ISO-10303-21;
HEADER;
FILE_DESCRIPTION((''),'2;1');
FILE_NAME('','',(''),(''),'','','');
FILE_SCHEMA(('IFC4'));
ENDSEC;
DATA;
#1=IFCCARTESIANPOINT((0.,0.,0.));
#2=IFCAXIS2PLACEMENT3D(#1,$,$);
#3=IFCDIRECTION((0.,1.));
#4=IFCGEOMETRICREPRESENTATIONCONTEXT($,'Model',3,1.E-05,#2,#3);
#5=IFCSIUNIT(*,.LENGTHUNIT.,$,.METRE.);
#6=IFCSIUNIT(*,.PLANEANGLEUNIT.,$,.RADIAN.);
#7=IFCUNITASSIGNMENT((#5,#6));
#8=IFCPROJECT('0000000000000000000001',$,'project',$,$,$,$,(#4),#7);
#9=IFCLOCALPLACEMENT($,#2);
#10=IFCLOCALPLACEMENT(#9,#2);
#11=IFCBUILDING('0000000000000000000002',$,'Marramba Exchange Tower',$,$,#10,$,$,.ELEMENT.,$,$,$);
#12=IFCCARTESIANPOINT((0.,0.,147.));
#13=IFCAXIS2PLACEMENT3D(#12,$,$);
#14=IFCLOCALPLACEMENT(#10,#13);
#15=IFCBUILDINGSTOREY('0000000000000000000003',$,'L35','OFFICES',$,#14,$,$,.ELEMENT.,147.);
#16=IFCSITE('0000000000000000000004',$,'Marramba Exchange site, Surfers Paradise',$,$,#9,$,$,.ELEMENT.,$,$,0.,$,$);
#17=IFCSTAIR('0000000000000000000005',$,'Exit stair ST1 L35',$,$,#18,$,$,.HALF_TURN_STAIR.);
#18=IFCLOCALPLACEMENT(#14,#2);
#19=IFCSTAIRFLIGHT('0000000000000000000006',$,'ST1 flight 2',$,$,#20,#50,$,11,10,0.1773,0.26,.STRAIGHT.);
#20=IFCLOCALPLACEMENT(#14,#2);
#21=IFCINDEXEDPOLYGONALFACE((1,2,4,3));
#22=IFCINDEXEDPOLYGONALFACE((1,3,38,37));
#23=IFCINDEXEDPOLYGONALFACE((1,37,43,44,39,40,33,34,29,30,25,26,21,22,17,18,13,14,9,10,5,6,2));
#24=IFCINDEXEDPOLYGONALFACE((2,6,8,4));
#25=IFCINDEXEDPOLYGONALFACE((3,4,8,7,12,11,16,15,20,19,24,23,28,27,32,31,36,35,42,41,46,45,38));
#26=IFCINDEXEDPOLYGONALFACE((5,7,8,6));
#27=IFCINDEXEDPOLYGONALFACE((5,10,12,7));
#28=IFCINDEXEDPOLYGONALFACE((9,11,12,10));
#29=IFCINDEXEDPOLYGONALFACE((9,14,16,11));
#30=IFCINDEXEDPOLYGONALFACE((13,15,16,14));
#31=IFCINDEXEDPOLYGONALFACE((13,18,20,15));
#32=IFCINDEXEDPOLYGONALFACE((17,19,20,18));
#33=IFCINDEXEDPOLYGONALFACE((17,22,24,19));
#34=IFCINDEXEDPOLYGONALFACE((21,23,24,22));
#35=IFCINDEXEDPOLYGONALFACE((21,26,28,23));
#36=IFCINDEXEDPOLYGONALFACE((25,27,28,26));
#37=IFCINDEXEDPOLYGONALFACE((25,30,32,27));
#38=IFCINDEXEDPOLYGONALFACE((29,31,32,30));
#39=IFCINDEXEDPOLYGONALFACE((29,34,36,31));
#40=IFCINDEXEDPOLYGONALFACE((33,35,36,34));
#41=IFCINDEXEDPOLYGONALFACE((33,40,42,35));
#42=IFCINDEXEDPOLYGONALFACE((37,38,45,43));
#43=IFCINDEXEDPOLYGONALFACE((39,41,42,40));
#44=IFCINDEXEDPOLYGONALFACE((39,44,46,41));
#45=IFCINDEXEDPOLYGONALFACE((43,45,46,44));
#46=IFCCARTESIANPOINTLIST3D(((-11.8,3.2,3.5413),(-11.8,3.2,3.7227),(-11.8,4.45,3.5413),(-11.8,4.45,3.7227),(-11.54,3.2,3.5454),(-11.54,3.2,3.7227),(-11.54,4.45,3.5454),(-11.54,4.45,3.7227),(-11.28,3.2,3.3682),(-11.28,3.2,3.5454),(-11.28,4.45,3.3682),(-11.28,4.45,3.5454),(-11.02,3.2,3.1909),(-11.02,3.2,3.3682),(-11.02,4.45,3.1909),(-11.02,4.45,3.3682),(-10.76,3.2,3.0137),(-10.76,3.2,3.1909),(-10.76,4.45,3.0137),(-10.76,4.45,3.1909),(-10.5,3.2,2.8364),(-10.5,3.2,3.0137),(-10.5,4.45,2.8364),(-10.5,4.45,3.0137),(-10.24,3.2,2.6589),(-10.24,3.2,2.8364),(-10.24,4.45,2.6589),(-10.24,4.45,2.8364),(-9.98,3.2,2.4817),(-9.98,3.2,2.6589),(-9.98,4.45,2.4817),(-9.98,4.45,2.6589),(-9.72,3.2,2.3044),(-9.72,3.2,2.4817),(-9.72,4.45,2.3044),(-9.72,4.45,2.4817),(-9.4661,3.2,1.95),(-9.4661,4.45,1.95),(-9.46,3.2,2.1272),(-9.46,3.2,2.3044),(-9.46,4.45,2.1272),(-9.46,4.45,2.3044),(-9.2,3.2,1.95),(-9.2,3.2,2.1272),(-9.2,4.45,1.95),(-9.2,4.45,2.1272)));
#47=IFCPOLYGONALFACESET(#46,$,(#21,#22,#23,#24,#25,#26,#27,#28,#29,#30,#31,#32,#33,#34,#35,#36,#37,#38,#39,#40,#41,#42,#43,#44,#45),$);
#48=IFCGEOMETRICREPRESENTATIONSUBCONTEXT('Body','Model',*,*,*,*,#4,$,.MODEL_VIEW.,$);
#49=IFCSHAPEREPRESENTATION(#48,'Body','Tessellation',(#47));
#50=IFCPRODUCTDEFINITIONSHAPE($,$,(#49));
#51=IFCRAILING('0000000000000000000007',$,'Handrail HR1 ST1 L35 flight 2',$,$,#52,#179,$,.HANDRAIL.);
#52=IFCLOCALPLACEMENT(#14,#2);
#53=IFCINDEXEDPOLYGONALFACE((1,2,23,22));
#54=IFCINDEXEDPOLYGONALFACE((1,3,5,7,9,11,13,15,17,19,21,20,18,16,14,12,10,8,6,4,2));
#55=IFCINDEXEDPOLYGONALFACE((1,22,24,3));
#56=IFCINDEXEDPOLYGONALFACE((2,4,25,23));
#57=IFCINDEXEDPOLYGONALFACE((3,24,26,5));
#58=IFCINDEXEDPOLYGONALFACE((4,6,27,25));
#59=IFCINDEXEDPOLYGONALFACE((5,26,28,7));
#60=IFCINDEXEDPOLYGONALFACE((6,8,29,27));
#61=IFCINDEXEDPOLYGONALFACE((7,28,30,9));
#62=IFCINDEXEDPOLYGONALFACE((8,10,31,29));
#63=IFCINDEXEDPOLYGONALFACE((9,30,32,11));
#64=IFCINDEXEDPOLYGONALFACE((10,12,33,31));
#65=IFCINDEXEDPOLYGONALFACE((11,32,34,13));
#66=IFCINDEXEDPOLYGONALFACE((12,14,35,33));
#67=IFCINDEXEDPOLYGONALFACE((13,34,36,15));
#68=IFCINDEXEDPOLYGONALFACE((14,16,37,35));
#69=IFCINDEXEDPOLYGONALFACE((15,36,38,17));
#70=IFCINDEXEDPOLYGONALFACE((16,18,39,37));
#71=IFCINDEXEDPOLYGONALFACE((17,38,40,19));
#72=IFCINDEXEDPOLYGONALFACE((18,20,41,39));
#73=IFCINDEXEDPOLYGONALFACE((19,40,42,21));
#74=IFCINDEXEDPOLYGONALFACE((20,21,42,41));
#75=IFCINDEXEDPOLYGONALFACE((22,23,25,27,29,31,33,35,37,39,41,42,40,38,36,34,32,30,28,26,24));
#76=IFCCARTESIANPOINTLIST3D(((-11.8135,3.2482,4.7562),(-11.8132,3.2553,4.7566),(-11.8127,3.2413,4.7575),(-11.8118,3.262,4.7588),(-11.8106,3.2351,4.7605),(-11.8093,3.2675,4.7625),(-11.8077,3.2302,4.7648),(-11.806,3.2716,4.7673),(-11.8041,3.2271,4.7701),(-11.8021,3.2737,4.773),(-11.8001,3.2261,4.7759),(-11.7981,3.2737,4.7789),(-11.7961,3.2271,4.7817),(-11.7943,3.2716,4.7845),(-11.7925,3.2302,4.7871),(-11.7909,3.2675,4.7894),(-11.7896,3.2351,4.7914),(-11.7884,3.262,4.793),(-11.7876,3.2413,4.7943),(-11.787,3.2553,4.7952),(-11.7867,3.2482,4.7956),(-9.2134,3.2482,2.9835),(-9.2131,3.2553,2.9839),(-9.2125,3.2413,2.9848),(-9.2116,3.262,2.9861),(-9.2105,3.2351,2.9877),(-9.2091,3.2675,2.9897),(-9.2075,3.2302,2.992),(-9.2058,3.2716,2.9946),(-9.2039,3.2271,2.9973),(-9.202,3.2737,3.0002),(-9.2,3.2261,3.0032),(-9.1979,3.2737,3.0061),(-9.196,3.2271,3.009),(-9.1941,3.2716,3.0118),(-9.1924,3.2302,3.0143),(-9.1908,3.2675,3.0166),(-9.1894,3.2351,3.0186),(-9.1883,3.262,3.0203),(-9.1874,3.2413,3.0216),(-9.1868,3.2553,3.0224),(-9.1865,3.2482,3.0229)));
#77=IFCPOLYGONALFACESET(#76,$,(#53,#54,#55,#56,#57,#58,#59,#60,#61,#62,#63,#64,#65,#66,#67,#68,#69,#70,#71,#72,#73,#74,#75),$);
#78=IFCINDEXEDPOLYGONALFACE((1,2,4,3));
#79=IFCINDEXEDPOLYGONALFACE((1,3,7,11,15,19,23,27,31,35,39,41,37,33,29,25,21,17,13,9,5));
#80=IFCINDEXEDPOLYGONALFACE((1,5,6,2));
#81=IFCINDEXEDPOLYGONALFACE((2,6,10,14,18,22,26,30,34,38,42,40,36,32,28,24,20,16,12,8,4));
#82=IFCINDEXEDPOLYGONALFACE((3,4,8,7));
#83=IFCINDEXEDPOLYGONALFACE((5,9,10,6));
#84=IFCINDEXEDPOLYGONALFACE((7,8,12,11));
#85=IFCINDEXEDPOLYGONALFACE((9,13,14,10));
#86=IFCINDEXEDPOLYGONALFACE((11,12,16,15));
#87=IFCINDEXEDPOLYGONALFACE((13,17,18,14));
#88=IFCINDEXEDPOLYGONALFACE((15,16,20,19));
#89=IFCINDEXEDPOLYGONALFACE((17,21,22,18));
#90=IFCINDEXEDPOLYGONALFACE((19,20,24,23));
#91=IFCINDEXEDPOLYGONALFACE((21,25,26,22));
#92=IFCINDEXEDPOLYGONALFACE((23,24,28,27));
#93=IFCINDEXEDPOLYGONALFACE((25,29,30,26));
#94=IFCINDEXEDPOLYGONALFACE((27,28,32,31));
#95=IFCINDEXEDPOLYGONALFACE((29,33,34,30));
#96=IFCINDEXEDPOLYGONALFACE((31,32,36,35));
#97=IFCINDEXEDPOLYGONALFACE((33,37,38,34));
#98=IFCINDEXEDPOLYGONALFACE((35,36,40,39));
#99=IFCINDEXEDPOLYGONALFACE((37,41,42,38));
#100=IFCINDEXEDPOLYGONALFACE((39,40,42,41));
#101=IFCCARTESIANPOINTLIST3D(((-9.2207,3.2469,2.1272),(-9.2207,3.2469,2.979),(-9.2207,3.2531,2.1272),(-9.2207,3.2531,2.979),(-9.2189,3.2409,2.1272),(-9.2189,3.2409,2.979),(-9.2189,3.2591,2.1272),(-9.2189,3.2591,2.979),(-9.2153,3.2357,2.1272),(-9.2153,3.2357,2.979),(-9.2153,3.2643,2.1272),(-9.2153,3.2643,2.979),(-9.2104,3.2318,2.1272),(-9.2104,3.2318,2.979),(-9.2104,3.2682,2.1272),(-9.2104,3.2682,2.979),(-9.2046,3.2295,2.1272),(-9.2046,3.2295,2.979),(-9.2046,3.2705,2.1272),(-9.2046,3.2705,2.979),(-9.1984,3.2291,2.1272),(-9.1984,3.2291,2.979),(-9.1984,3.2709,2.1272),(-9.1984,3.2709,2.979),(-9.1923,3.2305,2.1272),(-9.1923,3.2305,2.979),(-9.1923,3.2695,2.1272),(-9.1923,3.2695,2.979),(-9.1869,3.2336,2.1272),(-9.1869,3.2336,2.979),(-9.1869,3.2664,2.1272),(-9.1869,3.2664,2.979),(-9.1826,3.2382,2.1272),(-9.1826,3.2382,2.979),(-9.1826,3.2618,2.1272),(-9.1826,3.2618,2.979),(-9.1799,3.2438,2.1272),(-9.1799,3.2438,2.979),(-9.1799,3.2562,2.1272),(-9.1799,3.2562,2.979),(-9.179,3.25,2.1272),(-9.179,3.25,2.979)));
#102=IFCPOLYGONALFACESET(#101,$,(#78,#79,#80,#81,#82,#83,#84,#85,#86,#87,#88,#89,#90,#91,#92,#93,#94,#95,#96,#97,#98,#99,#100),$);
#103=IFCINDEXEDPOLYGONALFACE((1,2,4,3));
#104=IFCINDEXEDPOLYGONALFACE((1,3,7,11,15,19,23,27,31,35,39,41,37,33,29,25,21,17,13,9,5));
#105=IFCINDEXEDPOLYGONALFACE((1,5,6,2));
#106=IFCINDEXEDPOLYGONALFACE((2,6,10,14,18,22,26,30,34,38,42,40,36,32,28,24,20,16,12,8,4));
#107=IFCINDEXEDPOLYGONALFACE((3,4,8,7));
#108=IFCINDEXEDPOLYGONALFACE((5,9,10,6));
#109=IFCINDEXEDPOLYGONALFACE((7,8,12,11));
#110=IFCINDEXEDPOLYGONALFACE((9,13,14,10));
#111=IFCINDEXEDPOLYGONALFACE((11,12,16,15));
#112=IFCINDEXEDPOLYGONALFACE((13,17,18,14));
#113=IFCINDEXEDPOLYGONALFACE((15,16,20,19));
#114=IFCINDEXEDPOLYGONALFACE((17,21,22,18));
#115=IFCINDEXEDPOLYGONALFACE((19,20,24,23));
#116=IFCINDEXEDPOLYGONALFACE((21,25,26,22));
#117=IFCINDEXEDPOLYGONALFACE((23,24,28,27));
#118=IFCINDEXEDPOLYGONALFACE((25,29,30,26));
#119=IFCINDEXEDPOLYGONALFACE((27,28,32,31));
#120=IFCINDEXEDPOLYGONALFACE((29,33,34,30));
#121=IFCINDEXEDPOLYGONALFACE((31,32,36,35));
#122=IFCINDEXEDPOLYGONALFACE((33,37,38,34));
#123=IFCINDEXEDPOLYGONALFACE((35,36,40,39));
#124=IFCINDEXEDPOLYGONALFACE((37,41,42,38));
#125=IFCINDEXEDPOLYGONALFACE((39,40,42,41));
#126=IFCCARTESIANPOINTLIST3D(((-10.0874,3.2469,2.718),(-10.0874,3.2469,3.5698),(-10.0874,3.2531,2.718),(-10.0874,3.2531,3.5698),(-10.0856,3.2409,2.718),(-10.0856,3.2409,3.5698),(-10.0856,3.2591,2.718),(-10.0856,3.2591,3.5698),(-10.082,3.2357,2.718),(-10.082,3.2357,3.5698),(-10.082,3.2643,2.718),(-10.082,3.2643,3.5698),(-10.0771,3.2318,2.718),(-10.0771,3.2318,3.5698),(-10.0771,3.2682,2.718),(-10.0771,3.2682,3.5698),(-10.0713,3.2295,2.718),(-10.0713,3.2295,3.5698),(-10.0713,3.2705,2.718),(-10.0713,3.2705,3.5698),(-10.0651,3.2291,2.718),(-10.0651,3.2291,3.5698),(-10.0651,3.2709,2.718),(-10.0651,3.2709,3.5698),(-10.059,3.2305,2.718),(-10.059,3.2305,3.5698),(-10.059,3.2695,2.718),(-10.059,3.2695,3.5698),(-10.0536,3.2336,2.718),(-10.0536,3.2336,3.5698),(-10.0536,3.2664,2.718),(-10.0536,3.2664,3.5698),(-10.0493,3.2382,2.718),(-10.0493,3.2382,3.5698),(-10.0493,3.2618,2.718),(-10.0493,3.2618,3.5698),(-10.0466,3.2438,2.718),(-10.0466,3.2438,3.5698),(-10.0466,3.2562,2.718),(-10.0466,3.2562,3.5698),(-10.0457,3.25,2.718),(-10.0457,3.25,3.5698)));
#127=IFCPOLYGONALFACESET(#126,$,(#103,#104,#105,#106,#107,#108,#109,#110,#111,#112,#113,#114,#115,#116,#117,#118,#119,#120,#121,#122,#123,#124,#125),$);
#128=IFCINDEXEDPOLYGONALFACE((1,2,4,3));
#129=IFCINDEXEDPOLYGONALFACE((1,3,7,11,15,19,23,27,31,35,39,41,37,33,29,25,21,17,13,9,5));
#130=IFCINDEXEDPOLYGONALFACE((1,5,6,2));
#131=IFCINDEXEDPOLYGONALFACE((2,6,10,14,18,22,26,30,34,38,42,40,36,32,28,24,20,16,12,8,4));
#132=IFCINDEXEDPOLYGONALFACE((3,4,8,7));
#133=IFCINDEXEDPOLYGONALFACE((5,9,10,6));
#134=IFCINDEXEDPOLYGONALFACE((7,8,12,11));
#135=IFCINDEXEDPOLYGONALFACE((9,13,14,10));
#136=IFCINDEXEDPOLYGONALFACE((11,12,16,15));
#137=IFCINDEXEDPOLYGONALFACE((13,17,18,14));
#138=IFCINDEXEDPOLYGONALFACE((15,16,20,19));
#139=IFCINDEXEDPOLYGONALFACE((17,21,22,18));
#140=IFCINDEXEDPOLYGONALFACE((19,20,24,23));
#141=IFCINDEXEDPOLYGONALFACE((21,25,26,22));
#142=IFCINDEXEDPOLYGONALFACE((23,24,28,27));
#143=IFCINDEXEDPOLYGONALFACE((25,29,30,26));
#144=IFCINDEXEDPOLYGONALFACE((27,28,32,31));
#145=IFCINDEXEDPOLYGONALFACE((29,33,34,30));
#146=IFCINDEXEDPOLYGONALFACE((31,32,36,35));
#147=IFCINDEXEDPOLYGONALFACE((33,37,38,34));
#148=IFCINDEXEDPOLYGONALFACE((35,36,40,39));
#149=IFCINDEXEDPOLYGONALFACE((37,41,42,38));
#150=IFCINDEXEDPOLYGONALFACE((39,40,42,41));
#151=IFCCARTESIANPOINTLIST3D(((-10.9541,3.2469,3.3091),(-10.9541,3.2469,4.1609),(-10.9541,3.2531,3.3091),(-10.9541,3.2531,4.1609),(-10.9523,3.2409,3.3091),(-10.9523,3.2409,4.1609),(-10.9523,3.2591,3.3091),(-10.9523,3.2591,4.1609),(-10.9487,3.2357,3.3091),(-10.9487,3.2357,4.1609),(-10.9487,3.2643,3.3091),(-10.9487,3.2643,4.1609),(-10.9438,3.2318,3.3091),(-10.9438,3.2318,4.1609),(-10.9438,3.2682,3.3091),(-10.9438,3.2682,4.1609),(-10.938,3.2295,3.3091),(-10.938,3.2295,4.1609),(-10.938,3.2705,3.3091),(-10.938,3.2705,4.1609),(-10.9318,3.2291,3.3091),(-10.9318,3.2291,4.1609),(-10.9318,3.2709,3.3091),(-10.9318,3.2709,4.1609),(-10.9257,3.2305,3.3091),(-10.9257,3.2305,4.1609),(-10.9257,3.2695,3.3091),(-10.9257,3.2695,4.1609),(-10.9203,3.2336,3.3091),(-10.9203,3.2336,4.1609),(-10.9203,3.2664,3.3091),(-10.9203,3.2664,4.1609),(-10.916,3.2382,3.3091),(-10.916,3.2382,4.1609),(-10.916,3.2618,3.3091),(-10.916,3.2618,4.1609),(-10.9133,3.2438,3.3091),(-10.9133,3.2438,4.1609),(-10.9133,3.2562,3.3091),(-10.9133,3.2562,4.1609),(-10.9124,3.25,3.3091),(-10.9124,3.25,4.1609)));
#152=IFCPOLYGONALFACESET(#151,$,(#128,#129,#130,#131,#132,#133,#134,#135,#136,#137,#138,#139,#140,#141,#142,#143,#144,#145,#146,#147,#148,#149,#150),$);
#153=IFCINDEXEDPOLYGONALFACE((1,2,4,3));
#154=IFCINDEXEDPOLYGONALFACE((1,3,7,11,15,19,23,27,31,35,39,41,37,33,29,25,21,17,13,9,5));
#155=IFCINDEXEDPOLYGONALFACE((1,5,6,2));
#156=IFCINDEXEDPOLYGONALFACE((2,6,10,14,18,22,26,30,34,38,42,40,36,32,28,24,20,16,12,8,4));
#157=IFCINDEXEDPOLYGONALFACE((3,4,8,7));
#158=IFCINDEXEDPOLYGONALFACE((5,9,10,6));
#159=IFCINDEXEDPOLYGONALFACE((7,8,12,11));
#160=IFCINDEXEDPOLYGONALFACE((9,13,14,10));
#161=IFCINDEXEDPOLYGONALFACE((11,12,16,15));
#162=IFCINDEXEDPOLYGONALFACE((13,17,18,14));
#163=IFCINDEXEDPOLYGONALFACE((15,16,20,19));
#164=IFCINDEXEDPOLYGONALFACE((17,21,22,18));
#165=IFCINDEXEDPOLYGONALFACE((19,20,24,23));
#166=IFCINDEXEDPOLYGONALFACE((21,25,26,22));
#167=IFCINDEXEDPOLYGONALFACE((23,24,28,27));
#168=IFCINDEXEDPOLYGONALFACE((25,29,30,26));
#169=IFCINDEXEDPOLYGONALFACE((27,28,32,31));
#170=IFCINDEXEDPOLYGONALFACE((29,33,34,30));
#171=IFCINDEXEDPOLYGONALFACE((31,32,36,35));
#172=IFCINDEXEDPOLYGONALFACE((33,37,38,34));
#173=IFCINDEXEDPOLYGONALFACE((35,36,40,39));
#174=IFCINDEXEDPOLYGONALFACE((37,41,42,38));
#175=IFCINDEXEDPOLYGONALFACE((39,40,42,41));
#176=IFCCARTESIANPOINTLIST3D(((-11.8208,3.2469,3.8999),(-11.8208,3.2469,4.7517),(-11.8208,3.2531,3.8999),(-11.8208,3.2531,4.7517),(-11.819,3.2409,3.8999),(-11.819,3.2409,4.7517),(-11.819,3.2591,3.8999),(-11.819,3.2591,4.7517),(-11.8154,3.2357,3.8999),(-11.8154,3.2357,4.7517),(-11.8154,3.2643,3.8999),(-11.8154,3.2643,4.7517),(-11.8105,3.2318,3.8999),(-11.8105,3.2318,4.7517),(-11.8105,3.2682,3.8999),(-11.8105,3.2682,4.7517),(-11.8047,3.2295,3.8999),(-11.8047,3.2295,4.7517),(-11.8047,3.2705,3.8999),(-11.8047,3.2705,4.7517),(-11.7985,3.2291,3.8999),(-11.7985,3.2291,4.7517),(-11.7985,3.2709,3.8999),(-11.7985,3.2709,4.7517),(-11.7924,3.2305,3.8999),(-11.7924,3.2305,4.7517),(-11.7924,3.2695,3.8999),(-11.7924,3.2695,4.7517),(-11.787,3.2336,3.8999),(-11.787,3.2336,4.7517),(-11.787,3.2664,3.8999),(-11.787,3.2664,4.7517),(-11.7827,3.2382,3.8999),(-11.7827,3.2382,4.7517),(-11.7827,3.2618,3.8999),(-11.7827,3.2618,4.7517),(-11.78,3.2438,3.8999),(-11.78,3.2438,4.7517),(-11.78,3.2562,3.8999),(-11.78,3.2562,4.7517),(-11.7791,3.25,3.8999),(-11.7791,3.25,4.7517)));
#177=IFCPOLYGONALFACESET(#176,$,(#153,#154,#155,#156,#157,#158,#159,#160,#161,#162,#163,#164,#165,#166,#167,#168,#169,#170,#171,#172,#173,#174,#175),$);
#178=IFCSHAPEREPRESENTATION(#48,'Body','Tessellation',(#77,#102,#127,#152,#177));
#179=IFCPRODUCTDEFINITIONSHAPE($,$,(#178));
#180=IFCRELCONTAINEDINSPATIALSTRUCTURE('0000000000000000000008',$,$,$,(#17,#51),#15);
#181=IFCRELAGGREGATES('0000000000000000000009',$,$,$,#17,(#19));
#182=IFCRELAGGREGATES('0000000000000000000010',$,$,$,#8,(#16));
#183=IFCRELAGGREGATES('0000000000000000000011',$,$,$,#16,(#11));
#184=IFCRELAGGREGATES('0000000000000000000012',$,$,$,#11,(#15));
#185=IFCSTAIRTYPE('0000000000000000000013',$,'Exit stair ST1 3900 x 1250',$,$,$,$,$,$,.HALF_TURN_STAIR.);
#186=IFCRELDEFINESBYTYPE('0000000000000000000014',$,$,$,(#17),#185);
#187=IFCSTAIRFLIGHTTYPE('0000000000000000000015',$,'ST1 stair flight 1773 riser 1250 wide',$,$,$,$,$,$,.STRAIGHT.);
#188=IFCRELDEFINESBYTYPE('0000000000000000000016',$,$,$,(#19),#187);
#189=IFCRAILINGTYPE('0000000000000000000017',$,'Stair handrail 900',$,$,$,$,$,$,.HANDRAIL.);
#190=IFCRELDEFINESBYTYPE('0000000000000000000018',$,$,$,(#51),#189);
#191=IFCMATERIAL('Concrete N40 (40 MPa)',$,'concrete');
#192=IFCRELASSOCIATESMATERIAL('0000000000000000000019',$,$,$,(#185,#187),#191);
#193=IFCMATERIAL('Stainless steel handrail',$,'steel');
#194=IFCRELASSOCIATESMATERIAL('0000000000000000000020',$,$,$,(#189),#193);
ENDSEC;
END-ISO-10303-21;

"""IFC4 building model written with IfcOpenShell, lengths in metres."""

from ifc_helpers import new_model, si_unit, direction, frame, origin, origin_2d, place, context, subcontext, project, spatial, polyline, circle, outline, extrude, material, type_object, element, aggregate, save


model = new_model("IFC4")

# Units and contexts
model_context = context("Model", 3, precision=1e-05, world=origin(), true_north=direction((0.0, 1.0)))
body_context = subcontext(model_context, "Body", "Model", "MODEL_VIEW")
ifc_project = project(units=[si_unit("LENGTHUNIT", "METRE"), si_unit("PLANEANGLEUNIT", "RADIAN")], contexts=[model_context])

# Site, building, storey
site_placement = place(None, origin())
site = spatial("IfcSite", under=ifc_project, at=site_placement, Name="Marramba Exchange site, Surfers Paradise", CompositionType="ELEMENT", RefElevation=0.0)
building_placement = place(site_placement, origin())
building = spatial("IfcBuilding", under=site, at=building_placement, Name="Marramba Exchange Tower", CompositionType="ELEMENT")
storey_placement = place(building_placement, frame((0.0, 0.0, 147.0)))
storey = spatial("IfcBuildingStorey", under=building, at=storey_placement, Name="L35", Description="OFFICES", CompositionType="ELEMENT", Elevation=147.0)

# Stair
ifc_material_1 = material(Name="Concrete N40 (40 MPa)", Category="concrete")
stair_type = type_object("IfcStairType", Name="Exit stair ST1 3900 x 1250", PredefinedType="HALF_TURN_STAIR", material=ifc_material_1)
stair_placement = place(storey_placement, origin())
stair = element("IfcStair", 1, at=stair_placement, inside=storey, type_object=stair_type, Name="Exit stair ST1 L35", PredefinedType="HALF_TURN_STAIR")

# Stair flight
stair_flight_type = type_object("IfcStairFlightType", Name="ST1 stair flight 1773 riser 1250 wide", PredefinedType="STRAIGHT", material=ifc_material_1)
stair_flight_placement = place(storey_placement, frame((-9.2, 3.825, 1.95), z_axis=(0.0, 0.0, 1.0), x_axis=(-1.0, 0.0, 0.0)))
stair_flight = element("IfcStairFlight", 2, at=stair_flight_placement, type_object=stair_flight_type, Name="ST1 flight 2", NumberOfRisers=11, NumberOfTreads=10, PredefinedType="STRAIGHT", RiserHeight=0.1773, TreadLength=0.26, context=body_context, shape_type="SweptSolid", body=[
    extrude(outline(polyline([(0.0, 0.0), (0.0, 0.1772), (0.26, 0.1772), (0.26, 0.3545), (0.52, 0.3545), (0.52, 0.5317), (0.78, 0.5317), (0.78, 0.709), (1.04, 0.709), (1.04, 0.8865), (1.3, 0.8865), (1.3, 1.0637), (1.5601, 1.0637), (1.5601, 1.241), (1.8201, 1.241), (1.8201, 1.4182), (2.0801, 1.4182), (2.0801, 1.5955), (2.3401, 1.5955), (2.3401, 1.7727), (2.6001, 1.7727), (2.6001, 1.95), (2.6001, 1.5913), (0.2661, 0.0), (0.0, 0.0)])), frame((0.0, 0.625, 0.0), z_axis=(0.0, -1.0, 0.0), x_axis=(1.0, 0.0, 0.0)), (0.0, 0.0, 1.0), 1.25),
])
aggregate(stair, [stair_flight])

# Railing
ifc_material_2 = material(Name="Stainless steel handrail", Category="steel")
railing_type = type_object("IfcRailingType", Name="Stair handrail 900", PredefinedType="HANDRAIL", material=ifc_material_2)
railing_placement = place(storey_placement, frame((-9.2, 3.25, 2.1272)))
element("IfcRailing", 3, at=railing_placement, inside=storey, type_object=railing_type, Name="Handrail HR1 ST1 L35 flight 2", PredefinedType="HANDRAIL", context=body_context, shape_type="SweptSolid", body=[
    extrude(circle(Radius=0.0239, at=origin_2d()), frame((0.0, 0.0, 0.876), z_axis=(-0.82624, 0.0, 0.563318), x_axis=(0.0, -1.0, 0.0)), (0.0, 0.0, 1.0), 3.147),
    extrude(circle(Radius=0.021, at=origin_2d()), origin(), (0.0, 0.0, 1.0), 0.8518),
    extrude(circle(Radius=0.021, at=origin_2d()), frame((-0.8667, 0.0, 0.5908)), (0.0, 0.0, 1.0), 0.8518),
    extrude(circle(Radius=0.021, at=origin_2d()), frame((-1.7334, 0.0, 1.1819)), (0.0, 0.0, 1.0), 0.8518),
    extrude(circle(Radius=0.021, at=origin_2d()), frame((-2.6001, 0.0, 1.7727)), (0.0, 0.0, 1.0), 0.8518),
])

save(model, "model.ifc")
